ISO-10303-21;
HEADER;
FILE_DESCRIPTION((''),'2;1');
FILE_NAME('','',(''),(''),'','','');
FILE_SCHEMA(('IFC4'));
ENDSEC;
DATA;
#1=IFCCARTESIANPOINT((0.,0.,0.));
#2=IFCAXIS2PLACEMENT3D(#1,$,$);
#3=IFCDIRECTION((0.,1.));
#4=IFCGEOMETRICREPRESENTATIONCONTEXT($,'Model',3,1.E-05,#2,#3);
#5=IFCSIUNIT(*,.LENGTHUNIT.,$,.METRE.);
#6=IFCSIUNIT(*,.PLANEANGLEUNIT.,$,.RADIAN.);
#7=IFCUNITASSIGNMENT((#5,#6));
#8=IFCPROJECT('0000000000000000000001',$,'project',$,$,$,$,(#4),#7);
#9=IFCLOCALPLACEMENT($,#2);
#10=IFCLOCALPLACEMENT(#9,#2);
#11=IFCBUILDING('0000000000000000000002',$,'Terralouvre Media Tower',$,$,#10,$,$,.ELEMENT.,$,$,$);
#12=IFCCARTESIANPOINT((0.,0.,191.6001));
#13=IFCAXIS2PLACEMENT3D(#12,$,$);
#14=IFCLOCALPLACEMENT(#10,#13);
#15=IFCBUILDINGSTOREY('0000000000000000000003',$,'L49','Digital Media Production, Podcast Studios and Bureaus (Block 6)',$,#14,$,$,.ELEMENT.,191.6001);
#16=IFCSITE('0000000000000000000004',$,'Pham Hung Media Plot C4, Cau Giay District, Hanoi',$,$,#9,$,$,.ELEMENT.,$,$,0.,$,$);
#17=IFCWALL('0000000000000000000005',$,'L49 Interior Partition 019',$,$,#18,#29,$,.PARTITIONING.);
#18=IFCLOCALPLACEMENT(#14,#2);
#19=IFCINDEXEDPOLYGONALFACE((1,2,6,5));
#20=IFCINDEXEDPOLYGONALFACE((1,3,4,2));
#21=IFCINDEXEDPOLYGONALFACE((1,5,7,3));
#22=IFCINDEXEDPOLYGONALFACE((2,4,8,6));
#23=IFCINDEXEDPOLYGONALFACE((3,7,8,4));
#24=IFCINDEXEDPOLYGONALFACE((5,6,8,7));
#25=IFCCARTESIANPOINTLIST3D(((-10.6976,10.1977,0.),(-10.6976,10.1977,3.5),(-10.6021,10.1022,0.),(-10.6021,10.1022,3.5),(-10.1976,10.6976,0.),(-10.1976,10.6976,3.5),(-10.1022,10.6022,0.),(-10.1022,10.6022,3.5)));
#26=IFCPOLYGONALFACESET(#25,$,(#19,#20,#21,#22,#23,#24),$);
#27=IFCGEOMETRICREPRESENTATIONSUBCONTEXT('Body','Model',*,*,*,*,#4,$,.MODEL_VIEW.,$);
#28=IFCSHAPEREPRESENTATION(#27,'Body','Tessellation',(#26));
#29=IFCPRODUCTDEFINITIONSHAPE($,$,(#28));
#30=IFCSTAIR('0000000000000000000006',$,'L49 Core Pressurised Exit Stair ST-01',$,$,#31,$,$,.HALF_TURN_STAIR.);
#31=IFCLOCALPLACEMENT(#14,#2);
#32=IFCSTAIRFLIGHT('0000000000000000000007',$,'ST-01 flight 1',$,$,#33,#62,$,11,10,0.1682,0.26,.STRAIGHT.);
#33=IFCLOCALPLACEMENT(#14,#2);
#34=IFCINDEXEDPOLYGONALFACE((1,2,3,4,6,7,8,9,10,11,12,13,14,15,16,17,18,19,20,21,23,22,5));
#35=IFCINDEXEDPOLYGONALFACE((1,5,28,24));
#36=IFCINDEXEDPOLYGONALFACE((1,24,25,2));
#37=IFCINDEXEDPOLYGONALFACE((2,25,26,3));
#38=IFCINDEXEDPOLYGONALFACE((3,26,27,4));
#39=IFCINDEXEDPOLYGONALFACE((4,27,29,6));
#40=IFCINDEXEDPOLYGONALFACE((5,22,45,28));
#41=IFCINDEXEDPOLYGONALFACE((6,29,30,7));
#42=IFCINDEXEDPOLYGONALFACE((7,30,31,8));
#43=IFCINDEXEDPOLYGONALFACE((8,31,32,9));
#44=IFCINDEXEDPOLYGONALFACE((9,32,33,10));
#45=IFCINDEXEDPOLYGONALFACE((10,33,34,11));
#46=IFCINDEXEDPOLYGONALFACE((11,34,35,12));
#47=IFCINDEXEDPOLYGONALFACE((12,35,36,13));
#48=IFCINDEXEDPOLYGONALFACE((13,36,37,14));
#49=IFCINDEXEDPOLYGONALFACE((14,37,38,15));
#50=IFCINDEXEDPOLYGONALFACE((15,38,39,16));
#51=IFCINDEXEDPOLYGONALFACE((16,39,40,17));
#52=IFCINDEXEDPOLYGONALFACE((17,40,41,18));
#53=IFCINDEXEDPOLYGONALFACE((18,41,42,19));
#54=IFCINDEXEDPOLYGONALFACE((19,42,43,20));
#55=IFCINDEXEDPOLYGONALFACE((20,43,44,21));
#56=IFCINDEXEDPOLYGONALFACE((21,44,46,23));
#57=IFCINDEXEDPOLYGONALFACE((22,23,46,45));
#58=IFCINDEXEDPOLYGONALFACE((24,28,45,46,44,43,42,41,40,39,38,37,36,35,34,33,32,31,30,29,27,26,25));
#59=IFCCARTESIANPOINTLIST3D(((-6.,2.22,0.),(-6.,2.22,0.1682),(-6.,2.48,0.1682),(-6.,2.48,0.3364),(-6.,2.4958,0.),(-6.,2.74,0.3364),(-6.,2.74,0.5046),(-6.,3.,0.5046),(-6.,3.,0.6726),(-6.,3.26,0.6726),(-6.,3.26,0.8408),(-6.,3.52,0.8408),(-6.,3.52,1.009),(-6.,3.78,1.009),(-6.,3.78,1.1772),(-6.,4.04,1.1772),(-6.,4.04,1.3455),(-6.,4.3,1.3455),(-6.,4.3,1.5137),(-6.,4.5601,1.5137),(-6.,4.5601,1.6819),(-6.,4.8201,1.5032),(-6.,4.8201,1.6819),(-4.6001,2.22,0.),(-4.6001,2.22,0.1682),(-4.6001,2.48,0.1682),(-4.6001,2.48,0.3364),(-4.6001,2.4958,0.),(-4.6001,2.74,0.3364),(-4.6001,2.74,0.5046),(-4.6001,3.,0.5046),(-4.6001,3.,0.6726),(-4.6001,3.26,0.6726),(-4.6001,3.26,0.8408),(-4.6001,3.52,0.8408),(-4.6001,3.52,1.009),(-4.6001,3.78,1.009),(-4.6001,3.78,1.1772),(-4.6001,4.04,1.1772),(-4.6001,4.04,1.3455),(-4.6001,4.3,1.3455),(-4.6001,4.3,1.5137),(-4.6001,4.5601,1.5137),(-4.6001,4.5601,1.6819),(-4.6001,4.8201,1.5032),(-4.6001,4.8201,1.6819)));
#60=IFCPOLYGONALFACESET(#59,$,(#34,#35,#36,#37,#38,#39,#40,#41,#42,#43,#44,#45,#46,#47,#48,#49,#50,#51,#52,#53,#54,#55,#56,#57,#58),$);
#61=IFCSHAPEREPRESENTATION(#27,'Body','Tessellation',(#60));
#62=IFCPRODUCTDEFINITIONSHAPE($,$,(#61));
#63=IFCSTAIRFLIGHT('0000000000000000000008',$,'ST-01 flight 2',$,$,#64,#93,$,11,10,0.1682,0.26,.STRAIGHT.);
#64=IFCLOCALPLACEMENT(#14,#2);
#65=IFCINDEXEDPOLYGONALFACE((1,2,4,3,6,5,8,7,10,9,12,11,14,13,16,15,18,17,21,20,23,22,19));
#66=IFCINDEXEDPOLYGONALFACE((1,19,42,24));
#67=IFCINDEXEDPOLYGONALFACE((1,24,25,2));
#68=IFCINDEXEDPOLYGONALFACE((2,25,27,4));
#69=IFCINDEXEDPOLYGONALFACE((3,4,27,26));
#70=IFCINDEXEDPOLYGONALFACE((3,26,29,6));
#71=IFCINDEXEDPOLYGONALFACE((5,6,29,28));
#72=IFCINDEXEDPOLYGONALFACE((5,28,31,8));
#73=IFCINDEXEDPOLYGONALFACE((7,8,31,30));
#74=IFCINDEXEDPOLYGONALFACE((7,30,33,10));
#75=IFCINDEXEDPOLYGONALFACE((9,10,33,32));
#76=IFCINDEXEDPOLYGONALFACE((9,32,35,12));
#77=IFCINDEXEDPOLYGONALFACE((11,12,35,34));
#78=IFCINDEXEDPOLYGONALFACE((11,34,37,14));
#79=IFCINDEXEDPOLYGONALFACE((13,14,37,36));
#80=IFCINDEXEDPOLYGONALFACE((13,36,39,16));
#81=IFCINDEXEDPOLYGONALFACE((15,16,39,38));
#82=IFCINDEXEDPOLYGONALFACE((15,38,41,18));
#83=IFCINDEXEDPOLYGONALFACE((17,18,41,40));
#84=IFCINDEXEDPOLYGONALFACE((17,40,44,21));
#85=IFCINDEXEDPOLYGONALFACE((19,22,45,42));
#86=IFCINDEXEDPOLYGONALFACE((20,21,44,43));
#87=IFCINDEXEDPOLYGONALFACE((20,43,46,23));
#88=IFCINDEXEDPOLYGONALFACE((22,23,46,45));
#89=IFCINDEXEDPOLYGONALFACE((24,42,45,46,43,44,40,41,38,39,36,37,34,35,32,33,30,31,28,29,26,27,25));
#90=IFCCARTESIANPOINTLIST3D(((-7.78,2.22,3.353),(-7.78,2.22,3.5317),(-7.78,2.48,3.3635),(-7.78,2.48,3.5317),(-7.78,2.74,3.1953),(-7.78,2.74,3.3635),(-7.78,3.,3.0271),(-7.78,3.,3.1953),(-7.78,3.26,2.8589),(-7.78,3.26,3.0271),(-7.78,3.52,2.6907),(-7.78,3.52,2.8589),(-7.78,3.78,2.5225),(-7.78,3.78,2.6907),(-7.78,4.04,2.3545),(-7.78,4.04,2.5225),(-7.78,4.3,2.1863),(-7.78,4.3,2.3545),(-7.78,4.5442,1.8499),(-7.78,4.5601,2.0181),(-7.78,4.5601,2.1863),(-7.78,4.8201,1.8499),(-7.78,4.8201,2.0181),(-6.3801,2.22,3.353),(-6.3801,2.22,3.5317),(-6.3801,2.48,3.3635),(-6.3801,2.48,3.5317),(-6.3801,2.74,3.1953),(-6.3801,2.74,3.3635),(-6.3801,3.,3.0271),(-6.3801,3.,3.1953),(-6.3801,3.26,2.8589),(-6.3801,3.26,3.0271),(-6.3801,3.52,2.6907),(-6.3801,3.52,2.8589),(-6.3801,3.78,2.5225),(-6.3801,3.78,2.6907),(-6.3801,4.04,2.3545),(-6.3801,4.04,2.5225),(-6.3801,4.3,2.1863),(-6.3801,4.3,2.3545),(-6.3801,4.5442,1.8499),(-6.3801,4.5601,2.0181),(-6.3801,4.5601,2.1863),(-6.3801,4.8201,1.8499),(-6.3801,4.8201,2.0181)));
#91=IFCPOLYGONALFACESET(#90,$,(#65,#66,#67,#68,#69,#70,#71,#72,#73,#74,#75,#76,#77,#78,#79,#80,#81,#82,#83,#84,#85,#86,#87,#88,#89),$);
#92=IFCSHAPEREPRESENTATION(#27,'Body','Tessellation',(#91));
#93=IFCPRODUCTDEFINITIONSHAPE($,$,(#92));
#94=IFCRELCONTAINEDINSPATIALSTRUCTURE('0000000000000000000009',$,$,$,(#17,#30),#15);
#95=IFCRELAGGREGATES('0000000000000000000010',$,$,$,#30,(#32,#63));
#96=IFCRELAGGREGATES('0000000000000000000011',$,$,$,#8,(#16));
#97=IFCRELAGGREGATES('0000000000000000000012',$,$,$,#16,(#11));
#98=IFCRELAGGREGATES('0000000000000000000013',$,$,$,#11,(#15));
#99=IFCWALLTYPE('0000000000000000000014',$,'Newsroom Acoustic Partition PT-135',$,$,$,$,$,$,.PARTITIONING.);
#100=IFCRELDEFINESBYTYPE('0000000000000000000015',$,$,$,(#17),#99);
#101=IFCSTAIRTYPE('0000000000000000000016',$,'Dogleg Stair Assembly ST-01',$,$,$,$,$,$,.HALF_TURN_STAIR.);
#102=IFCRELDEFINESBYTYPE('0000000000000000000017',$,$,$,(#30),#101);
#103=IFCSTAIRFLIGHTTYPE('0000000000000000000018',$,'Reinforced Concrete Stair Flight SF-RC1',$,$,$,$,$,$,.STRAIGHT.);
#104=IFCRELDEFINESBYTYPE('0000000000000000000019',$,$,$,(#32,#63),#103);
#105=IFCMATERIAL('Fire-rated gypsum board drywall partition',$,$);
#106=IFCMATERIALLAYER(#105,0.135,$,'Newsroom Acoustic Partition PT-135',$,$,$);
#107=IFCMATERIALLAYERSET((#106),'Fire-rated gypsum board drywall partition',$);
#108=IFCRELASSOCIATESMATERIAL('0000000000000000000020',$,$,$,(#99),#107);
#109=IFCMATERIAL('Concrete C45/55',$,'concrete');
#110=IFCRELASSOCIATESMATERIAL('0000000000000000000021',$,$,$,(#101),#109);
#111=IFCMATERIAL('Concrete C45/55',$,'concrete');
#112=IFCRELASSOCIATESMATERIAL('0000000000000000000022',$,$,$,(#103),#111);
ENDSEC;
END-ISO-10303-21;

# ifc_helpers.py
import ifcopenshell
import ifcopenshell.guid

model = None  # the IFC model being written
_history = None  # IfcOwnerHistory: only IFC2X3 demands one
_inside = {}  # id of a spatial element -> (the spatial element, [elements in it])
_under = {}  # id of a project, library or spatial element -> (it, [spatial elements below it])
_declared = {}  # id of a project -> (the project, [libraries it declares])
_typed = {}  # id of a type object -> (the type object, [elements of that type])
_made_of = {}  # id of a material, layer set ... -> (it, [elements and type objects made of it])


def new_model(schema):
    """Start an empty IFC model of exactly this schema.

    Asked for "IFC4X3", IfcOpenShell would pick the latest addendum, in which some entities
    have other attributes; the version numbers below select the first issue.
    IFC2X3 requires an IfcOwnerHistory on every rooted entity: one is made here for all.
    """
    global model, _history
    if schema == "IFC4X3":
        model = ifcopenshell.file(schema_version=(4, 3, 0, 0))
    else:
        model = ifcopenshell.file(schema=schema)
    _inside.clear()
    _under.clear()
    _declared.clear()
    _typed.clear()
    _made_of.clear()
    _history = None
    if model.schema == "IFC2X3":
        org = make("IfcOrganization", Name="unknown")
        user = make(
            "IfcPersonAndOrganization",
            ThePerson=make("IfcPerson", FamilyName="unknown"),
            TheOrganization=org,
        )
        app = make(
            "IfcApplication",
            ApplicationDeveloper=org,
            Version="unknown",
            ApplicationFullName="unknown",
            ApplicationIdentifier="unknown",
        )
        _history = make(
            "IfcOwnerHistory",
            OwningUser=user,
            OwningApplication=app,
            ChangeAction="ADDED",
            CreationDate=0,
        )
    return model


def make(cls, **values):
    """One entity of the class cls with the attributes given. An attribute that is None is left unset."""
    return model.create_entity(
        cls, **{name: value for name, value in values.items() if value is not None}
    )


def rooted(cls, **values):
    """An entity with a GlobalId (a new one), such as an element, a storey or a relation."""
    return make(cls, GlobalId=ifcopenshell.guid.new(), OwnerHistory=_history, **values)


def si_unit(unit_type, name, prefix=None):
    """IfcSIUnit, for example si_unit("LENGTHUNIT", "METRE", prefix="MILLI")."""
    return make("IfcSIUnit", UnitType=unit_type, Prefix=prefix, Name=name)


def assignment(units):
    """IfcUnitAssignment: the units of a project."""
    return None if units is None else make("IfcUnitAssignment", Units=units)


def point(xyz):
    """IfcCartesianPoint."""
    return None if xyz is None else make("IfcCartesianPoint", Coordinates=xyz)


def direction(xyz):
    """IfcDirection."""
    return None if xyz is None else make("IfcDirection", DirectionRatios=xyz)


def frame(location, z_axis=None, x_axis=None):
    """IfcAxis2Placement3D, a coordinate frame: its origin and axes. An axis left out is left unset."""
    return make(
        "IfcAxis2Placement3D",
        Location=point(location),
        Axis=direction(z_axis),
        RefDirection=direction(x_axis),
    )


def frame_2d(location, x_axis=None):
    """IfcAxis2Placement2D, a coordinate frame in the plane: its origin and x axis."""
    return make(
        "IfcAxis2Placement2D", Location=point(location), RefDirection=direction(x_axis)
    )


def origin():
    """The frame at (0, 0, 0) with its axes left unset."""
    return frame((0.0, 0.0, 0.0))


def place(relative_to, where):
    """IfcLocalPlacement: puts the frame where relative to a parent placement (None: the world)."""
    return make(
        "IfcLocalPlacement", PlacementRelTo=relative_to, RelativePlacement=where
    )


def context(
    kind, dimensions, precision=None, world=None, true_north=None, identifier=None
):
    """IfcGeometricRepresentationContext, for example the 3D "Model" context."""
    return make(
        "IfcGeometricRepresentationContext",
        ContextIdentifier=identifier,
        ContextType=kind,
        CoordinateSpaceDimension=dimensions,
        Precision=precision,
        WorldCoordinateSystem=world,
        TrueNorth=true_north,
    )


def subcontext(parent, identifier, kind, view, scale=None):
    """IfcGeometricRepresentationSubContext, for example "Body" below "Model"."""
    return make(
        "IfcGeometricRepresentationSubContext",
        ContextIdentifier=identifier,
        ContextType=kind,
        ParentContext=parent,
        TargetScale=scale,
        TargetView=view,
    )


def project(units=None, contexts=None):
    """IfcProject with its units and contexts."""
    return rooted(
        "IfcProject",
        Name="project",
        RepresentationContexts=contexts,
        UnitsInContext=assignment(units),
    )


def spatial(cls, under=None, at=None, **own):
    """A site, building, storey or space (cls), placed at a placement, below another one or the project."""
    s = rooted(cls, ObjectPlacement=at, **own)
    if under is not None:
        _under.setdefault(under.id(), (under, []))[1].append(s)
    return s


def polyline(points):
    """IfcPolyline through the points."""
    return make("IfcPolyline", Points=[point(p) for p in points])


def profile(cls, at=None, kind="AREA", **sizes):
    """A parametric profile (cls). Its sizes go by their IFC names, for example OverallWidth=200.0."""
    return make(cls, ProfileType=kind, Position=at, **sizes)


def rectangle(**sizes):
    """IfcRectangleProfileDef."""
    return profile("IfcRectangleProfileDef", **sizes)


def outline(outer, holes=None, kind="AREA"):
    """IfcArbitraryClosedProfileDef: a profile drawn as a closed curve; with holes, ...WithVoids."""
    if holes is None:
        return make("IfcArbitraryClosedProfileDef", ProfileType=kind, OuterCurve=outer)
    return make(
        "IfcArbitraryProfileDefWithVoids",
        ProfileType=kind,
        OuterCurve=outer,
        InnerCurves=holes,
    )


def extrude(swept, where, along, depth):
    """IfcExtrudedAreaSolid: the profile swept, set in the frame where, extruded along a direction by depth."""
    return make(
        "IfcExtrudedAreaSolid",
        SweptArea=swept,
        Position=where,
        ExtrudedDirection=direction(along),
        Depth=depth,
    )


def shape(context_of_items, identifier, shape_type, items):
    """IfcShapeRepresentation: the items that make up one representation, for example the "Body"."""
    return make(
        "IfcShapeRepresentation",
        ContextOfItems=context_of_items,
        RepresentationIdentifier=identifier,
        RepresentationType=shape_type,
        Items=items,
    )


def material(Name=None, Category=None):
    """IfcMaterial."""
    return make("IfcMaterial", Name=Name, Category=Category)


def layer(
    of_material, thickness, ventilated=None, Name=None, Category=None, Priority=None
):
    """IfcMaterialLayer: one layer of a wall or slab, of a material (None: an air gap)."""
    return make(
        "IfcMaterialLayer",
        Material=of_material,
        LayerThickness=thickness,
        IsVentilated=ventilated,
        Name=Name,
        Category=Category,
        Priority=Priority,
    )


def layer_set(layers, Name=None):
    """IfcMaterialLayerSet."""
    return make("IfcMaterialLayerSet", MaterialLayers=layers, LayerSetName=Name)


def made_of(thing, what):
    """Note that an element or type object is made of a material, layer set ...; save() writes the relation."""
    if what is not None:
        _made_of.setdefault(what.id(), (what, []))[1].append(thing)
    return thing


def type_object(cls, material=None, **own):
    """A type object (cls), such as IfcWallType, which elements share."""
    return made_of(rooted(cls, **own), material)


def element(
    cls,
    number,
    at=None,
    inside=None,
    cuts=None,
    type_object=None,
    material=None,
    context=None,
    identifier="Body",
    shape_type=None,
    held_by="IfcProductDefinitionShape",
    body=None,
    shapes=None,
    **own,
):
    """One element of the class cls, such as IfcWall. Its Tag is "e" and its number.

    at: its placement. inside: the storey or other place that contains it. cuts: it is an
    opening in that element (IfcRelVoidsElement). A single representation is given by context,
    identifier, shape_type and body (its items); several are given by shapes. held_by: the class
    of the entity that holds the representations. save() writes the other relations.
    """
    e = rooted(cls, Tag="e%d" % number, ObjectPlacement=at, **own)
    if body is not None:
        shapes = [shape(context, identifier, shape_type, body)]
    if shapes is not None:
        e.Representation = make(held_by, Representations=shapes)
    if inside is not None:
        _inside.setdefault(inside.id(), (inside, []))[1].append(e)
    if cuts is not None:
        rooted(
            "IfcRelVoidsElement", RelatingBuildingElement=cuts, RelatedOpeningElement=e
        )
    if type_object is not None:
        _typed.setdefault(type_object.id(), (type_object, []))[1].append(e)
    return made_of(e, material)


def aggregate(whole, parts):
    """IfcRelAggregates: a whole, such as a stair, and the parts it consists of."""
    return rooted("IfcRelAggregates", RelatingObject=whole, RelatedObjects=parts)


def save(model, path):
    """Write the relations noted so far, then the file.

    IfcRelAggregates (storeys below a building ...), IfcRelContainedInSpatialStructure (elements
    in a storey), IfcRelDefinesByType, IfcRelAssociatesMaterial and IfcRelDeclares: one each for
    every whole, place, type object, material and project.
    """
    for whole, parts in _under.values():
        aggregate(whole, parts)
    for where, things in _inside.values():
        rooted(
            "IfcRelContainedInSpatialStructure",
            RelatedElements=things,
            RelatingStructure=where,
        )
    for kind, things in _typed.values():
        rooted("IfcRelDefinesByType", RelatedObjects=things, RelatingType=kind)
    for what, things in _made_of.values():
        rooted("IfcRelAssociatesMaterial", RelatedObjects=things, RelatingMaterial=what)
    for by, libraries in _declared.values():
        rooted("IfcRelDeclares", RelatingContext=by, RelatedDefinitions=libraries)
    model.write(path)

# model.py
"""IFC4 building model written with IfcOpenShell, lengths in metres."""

from ifc_helpers import new_model, si_unit, direction, frame, frame_2d, origin, place, context, subcontext, project, spatial, polyline, rectangle, outline, extrude, material, layer, layer_set, type_object, element, aggregate, save


model = new_model("IFC4")

# Units and contexts
model_context = context("Model", 3, precision=1e-05, world=origin(), true_north=direction((0.0, 1.0)))
body_context = subcontext(model_context, "Body", "Model", "MODEL_VIEW")
ifc_project = project(units=[si_unit("LENGTHUNIT", "METRE"), si_unit("PLANEANGLEUNIT", "RADIAN")], contexts=[model_context])

# Site, building, storey
site_placement = place(None, origin())
site = spatial("IfcSite", under=ifc_project, at=site_placement, Name="Pham Hung Media Plot C4, Cau Giay District, Hanoi", CompositionType="ELEMENT", RefElevation=0.0)
building_placement = place(site_placement, origin())
building = spatial("IfcBuilding", under=site, at=building_placement, Name="Terralouvre Media Tower", CompositionType="ELEMENT")
storey_placement = place(building_placement, frame((0.0, 0.0, 191.6001)))
storey = spatial("IfcBuildingStorey", under=building, at=storey_placement, Name="L49", Description="Digital Media Production, Podcast Studios and Bureaus (Block 6)", CompositionType="ELEMENT", Elevation=191.6001)

# Wall
ifc_material_1 = material(Name="Fire-rated gypsum board drywall partition")
ifc_layer_1 = layer(ifc_material_1, 0.135, Name="Newsroom Acoustic Partition PT-135")
ifc_layer_set_1 = layer_set([ifc_layer_1], Name="Fire-rated gypsum board drywall partition")
wall_type_1 = type_object("IfcWallType", Name="Newsroom Acoustic Partition PT-135", PredefinedType="PARTITIONING", material=ifc_layer_set_1)
wall_1_placement = place(storey_placement, frame((-10.1499, 10.6499, 0.0), z_axis=(0.0, 0.0, 1.0), x_axis=(-0.707107, -0.707107, 0.0)))
element("IfcWall", 1, at=wall_1_placement, inside=storey, type_object=wall_type_1, Name="L49 Interior Partition 019", PredefinedType="PARTITIONING", context=body_context, shape_type="SweptSolid", body=[
    extrude(rectangle(XDim=0.707, YDim=0.135, at=frame_2d((0.3535, 0.0))), origin(), (0.0, 0.0, 1.0), 3.5),
])

# Stair, stair flights
ifc_material_2 = material(Name="Concrete C45/55", Category="concrete")
stair_type = type_object("IfcStairType", Name="Dogleg Stair Assembly ST-01", PredefinedType="HALF_TURN_STAIR", material=ifc_material_2)
stair_placement = place(storey_placement, origin())
stair = element("IfcStair", 2, at=stair_placement, inside=storey, type_object=stair_type, Name="L49 Core Pressurised Exit Stair ST-01", PredefinedType="HALF_TURN_STAIR")
ifc_material_3 = material(Name="Concrete C45/55", Category="concrete")
stair_flight_type = type_object("IfcStairFlightType", Name="Reinforced Concrete Stair Flight SF-RC1", PredefinedType="STRAIGHT", material=ifc_material_3)
stair_flight_1_placement = place(storey_placement, frame((-5.3, 2.22, 0.0), z_axis=(0.0, 0.0, 1.0), x_axis=(0.0, 1.0, 0.0)))
stair_flight_1 = element("IfcStairFlight", 3, at=stair_flight_1_placement, type_object=stair_flight_type, Name="ST-01 flight 1", NumberOfRisers=11, NumberOfTreads=10, PredefinedType="STRAIGHT", RiserHeight=0.1682, TreadLength=0.26, context=body_context, shape_type="SweptSolid", body=[
    extrude(outline(polyline([(0.0, 0.0), (0.0, 0.1682), (0.26, 0.1682), (0.26, 0.3364), (0.52, 0.3364), (0.52, 0.5046), (0.78, 0.5046), (0.78, 0.6726), (1.04, 0.6726), (1.04, 0.8408), (1.3, 0.8408), (1.3, 1.009), (1.5601, 1.009), (1.5601, 1.1772), (1.8201, 1.1772), (1.8201, 1.3455), (2.0801, 1.3455), (2.0801, 1.5137), (2.3401, 1.5137), (2.3401, 1.6819), (2.6001, 1.6819), (2.6001, 1.8501), (2.6001, 1.5032), (0.2759, 0.0), (0.0, 0.0)])), frame((0.0, 0.7, 0.0), z_axis=(0.0, -1.0, 0.0), x_axis=(1.0, 0.0, 0.0)), (0.0, 0.0, 1.0), 1.3999),
])
stair_flight_2_placement = place(storey_placement, frame((-7.0801, 4.8201, 1.8499), z_axis=(0.0, 0.0, 1.0), x_axis=(0.0, -1.0, 0.0)))
stair_flight_2 = element("IfcStairFlight", 4, at=stair_flight_2_placement, type_object=stair_flight_type, Name="ST-01 flight 2", NumberOfRisers=11, NumberOfTreads=10, PredefinedType="STRAIGHT", RiserHeight=0.1682, TreadLength=0.26, context=body_context, shape_type="SweptSolid", body=[
    extrude(outline(polyline([(0.0, 0.0), (0.0, 0.1682), (0.26, 0.1682), (0.26, 0.3364), (0.52, 0.3364), (0.52, 0.5046), (0.78, 0.5046), (0.78, 0.6726), (1.04, 0.6726), (1.04, 0.8408), (1.3, 0.8408), (1.3, 1.009), (1.5601, 1.009), (1.5601, 1.1772), (1.8201, 1.1772), (1.8201, 1.3455), (2.0801, 1.3455), (2.0801, 1.5137), (2.3401, 1.5137), (2.3401, 1.6819), (2.6001, 1.6819), (2.6001, 1.8501), (2.6001, 1.5032), (0.2759, 0.0), (0.0, 0.0)])), frame((0.0, 0.7, 0.0), z_axis=(0.0, -1.0, 0.0), x_axis=(1.0, 0.0, 0.0)), (0.0, 0.0, 1.0), 1.3999),
])
aggregate(stair, [stair_flight_1, stair_flight_2])

save(model, "model.ifc")
